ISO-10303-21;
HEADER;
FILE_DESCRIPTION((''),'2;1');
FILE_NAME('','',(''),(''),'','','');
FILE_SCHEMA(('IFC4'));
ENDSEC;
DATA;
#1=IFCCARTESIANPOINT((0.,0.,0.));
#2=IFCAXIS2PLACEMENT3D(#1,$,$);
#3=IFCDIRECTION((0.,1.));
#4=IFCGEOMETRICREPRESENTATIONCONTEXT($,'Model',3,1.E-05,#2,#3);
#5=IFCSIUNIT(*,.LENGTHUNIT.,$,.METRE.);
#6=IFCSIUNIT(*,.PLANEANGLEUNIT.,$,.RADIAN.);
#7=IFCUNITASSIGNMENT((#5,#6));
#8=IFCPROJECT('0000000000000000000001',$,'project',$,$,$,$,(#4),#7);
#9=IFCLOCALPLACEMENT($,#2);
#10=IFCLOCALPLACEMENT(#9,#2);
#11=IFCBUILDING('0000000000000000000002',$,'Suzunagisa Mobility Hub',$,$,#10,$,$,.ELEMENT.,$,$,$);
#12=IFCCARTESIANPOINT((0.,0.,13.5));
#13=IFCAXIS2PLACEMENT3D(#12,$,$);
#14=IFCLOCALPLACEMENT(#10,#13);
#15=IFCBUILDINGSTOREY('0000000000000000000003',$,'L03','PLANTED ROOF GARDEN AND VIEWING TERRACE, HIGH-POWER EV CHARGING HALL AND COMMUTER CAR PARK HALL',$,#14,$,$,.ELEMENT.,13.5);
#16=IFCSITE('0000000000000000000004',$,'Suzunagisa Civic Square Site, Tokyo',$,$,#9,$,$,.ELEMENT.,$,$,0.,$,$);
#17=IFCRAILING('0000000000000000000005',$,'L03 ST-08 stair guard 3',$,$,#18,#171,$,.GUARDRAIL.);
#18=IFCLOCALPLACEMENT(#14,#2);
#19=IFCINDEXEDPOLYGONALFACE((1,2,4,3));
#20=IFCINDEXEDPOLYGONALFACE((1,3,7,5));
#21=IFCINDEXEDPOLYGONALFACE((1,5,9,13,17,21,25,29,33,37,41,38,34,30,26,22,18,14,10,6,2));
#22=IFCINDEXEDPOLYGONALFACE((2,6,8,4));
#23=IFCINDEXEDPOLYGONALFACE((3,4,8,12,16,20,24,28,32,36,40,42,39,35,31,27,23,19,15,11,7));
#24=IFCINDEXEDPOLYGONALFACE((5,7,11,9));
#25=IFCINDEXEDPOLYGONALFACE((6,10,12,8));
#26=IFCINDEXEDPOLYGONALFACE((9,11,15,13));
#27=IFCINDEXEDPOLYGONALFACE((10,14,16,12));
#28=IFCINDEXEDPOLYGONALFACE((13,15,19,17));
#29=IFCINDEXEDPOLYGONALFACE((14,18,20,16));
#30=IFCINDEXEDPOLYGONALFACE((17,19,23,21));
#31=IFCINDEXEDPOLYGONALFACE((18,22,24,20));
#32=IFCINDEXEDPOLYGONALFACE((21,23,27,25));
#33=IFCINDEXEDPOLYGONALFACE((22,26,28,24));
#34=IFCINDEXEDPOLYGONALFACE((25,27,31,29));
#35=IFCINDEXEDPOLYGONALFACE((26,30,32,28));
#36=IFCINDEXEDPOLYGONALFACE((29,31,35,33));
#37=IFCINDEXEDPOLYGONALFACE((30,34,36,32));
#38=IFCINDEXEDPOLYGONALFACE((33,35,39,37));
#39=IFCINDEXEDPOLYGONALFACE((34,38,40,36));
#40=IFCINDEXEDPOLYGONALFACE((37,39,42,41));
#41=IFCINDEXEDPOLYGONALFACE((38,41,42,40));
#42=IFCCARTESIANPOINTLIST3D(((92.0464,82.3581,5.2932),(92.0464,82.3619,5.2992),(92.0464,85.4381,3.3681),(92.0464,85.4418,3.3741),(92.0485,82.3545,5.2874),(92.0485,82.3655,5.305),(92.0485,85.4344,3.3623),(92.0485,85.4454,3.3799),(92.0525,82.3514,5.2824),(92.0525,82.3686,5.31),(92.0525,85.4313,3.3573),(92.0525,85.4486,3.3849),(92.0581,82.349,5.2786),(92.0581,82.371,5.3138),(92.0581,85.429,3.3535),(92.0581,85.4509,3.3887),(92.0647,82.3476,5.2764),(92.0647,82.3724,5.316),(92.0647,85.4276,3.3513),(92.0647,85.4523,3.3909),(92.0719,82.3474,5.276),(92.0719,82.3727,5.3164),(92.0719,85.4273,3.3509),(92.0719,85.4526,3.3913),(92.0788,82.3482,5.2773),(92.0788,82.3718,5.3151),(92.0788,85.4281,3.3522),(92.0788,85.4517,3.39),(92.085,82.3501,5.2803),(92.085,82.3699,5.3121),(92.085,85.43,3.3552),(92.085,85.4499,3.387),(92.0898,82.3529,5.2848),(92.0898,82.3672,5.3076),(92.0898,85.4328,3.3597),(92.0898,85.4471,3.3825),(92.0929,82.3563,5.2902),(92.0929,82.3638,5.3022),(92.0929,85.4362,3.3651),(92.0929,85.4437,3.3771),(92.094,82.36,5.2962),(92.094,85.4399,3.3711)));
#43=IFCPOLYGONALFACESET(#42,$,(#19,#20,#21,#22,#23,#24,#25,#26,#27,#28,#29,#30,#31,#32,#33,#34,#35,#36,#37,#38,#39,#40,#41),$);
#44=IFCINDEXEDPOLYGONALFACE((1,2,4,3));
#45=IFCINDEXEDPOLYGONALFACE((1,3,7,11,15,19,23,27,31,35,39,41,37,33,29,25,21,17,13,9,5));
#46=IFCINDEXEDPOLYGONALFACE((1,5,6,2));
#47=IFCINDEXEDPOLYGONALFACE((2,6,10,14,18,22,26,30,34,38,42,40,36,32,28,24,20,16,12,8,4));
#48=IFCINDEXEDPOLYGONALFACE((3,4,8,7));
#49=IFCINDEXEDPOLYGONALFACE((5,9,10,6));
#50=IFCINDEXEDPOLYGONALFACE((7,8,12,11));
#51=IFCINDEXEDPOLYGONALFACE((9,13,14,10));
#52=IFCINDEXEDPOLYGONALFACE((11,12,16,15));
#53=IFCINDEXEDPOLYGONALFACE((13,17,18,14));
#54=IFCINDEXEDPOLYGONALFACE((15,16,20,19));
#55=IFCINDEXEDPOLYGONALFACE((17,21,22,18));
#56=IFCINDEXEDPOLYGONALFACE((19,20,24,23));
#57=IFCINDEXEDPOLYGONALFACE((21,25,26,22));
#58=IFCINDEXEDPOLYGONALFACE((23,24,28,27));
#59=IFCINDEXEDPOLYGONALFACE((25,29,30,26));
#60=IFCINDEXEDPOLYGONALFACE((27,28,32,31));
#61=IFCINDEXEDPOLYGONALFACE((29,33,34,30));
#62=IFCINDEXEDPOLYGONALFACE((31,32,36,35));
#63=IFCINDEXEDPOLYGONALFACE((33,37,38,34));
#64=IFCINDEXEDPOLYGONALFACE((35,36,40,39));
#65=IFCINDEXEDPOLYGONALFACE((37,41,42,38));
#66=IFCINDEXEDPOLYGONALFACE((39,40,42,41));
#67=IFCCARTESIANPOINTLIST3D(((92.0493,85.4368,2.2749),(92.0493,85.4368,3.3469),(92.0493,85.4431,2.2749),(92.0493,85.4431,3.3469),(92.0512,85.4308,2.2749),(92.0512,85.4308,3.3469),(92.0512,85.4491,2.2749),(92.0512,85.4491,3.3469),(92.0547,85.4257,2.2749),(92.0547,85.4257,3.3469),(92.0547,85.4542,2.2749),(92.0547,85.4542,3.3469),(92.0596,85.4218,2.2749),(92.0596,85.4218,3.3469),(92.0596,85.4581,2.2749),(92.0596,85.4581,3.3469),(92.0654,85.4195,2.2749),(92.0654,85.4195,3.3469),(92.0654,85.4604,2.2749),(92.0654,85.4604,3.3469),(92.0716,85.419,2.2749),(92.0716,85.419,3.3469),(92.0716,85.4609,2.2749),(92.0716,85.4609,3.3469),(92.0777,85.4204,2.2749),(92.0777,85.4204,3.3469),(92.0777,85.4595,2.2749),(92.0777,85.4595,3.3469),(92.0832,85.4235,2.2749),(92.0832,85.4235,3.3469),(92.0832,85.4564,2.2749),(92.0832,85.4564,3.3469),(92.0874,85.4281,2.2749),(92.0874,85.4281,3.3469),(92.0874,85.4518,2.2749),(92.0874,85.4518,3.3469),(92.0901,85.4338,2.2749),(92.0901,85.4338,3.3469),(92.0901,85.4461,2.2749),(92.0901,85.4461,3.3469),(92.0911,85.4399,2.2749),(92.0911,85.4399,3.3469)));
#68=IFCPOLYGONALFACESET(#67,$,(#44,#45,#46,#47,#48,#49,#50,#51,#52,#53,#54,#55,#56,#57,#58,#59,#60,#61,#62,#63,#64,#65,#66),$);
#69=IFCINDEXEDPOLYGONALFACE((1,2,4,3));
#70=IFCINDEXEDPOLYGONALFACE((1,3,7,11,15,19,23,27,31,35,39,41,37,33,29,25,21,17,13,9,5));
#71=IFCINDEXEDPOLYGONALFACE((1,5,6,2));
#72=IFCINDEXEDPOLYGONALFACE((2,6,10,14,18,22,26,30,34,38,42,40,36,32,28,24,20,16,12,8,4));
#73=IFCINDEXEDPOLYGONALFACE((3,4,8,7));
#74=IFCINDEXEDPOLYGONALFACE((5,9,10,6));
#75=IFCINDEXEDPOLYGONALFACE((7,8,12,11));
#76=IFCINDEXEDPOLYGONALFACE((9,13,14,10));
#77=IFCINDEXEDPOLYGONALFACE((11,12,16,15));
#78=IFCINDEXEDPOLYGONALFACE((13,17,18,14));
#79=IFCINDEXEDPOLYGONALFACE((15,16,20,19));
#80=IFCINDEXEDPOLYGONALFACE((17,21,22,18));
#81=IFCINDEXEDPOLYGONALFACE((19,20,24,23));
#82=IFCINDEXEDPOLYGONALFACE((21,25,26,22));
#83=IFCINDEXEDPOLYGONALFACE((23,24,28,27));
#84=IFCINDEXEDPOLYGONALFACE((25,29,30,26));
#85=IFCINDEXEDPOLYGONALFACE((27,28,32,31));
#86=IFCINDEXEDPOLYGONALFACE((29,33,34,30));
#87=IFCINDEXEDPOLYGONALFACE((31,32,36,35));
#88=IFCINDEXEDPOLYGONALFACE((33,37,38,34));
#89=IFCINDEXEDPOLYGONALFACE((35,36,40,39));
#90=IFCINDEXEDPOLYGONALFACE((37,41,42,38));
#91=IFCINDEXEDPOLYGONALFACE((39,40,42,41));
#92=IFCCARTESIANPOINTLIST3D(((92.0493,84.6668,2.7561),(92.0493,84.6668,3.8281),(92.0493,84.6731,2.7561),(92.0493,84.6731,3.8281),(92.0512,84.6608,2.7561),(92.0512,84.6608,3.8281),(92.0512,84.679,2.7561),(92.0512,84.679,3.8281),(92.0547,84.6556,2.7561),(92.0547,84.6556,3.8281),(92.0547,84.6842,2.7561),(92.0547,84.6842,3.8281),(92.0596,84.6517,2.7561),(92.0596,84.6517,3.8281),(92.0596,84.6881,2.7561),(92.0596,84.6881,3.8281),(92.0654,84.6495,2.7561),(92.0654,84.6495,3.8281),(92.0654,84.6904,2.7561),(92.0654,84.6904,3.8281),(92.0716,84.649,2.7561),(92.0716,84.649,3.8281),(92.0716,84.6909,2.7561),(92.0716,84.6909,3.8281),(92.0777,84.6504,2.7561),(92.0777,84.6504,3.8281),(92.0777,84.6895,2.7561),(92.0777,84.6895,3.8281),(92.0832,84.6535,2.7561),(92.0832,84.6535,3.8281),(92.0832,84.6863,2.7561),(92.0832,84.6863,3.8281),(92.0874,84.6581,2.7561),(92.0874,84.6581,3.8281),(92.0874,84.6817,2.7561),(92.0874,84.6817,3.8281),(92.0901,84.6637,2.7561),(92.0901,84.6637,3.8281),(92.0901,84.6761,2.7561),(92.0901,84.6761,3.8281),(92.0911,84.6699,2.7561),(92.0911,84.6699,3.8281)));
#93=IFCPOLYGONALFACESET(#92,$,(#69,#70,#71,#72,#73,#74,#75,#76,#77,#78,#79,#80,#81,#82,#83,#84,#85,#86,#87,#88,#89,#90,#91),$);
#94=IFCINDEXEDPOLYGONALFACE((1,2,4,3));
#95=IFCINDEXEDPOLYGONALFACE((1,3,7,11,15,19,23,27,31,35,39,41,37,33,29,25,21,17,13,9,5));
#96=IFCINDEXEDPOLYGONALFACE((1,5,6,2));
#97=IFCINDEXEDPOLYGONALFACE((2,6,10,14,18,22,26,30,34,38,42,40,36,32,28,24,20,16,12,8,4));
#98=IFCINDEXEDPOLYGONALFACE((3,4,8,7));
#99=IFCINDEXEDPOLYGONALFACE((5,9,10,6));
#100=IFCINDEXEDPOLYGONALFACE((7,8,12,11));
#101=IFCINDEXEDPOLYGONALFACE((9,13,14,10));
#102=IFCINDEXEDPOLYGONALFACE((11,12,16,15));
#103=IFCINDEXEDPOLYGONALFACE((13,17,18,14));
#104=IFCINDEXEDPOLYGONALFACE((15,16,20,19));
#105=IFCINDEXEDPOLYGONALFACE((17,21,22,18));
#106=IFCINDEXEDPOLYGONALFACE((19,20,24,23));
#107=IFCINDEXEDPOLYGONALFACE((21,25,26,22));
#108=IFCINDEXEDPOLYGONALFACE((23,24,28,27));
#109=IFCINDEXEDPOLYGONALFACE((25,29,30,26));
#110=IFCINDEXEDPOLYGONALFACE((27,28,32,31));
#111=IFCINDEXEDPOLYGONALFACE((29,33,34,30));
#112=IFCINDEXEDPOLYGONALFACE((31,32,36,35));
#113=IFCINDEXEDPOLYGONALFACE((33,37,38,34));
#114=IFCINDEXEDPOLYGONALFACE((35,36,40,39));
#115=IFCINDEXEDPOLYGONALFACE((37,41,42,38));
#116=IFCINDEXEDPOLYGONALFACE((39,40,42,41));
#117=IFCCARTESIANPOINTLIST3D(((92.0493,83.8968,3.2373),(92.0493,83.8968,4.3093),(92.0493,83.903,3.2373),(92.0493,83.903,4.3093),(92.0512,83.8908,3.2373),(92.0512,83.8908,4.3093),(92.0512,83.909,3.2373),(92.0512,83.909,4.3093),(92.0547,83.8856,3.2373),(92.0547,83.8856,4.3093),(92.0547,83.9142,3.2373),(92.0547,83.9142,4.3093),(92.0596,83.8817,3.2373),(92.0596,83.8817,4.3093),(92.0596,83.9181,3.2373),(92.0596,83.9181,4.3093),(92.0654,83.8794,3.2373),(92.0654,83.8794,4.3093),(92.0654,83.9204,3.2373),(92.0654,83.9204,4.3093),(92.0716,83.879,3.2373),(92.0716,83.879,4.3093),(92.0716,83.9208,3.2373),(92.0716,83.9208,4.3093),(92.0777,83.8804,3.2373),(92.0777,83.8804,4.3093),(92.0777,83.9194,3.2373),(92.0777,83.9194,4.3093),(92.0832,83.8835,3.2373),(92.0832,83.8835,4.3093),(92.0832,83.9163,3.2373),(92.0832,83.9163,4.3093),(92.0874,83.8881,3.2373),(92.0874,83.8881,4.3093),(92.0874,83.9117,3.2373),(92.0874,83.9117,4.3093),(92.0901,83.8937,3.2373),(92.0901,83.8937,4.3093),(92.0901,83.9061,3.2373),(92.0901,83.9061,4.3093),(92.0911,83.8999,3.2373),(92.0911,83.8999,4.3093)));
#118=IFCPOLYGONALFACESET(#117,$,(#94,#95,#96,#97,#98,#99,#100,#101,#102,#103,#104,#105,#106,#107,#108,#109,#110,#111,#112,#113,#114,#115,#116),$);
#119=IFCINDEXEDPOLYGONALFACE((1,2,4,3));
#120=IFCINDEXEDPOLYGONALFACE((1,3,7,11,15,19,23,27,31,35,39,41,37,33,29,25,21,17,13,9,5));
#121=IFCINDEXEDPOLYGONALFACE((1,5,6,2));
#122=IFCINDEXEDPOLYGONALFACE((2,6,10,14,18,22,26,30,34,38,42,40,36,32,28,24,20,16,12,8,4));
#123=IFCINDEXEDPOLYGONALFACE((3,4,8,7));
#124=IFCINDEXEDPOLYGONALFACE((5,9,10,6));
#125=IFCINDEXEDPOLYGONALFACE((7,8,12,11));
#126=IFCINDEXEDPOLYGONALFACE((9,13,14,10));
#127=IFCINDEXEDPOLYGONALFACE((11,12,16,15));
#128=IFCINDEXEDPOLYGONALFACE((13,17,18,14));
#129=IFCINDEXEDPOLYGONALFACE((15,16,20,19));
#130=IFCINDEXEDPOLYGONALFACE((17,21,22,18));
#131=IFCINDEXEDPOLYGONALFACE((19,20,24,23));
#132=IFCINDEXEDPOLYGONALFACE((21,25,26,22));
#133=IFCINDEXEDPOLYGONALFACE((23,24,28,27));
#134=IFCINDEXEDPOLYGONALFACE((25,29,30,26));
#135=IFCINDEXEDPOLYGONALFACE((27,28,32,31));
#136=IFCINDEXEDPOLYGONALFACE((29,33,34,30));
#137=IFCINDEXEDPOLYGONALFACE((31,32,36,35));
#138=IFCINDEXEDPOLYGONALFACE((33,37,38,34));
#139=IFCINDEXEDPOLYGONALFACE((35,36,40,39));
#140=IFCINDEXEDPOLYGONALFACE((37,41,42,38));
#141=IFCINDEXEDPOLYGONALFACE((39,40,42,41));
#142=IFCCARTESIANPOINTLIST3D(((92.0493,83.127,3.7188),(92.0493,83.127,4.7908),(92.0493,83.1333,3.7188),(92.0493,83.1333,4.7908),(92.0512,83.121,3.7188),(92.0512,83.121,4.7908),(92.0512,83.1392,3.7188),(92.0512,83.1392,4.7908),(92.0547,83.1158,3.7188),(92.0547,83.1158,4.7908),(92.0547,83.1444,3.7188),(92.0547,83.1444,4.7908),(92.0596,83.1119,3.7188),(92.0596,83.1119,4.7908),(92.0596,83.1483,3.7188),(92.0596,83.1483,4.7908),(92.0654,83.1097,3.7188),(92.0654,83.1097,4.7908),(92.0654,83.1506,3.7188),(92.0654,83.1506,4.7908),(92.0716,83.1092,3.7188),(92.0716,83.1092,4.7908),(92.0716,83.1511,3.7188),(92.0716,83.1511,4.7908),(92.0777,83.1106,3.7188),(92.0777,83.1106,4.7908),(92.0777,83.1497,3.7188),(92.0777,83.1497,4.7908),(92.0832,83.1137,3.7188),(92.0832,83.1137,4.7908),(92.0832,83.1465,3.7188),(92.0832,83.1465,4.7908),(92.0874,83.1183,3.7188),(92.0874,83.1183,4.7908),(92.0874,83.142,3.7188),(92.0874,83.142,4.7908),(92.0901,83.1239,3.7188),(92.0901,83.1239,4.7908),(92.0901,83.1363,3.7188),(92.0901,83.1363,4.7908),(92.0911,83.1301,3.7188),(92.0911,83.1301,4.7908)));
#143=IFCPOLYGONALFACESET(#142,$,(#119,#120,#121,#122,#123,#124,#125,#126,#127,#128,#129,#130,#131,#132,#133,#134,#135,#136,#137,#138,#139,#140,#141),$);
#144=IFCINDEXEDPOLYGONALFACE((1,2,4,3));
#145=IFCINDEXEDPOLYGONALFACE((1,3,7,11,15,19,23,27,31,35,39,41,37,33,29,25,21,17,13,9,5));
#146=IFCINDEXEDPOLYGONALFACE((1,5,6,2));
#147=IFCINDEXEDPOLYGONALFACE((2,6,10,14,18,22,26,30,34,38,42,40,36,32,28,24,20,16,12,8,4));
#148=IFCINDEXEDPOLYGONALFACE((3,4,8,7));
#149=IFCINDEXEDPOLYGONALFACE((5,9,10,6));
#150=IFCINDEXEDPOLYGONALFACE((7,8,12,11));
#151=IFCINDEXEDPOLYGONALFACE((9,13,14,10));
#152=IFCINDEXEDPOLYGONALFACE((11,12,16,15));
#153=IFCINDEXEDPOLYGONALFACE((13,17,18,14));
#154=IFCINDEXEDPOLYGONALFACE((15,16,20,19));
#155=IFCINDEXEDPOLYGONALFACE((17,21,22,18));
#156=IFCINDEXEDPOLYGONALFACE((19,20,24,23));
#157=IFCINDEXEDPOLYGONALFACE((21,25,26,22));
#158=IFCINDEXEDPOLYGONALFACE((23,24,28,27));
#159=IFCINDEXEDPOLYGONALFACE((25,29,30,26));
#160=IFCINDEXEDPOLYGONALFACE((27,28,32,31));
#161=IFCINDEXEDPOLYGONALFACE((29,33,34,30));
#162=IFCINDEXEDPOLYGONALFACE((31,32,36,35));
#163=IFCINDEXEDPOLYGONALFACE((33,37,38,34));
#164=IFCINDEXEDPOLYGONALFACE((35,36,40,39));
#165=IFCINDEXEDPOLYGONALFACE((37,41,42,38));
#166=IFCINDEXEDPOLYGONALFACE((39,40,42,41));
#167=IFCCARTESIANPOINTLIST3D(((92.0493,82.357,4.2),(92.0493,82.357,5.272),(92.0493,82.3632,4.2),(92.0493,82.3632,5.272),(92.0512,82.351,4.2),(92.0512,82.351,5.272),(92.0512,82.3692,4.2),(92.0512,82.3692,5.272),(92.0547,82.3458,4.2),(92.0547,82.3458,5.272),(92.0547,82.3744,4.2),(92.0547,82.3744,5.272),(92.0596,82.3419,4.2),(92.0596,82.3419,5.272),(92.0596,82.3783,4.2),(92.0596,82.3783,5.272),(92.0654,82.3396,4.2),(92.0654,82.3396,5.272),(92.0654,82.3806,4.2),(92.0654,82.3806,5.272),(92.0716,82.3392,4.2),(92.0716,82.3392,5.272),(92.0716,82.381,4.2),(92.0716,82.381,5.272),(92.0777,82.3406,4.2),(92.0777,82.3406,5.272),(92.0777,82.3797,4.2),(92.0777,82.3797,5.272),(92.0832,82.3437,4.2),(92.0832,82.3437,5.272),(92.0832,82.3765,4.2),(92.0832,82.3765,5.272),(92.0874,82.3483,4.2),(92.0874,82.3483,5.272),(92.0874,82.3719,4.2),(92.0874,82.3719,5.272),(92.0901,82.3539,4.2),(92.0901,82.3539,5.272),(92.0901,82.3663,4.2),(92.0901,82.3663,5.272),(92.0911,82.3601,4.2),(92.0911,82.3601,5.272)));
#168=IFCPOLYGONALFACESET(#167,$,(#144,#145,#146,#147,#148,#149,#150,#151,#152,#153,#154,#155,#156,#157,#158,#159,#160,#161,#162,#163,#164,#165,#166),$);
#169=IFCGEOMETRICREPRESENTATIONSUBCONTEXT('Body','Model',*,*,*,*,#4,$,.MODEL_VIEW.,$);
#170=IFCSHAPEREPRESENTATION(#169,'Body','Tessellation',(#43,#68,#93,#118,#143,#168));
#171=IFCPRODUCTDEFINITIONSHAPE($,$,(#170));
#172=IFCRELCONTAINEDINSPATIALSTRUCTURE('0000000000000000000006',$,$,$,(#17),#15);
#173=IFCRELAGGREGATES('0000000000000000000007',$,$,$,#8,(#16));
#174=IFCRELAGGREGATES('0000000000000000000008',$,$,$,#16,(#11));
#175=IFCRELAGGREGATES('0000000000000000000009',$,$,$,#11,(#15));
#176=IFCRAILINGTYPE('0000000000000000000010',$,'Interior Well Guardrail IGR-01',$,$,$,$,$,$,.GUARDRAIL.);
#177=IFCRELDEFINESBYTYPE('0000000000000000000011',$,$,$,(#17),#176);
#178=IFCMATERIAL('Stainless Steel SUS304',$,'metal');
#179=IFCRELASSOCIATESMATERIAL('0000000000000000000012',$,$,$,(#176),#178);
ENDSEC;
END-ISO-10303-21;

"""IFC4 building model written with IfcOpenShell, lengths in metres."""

from ifc_helpers import new_model, si_unit, direction, frame, origin, origin_2d, place, context, subcontext, project, spatial, circle, extrude, material, type_object, element, save


model = new_model("IFC4")

# Units and contexts
model_context = context("Model", 3, precision=1e-05, world=origin(), true_north=direction((0.0, 1.0)))
body_context = subcontext(model_context, "Body", "Model", "MODEL_VIEW")
ifc_project = project(units=[si_unit("LENGTHUNIT", "METRE"), si_unit("PLANEANGLEUNIT", "RADIAN")], contexts=[model_context])

# Site, building, storey
site_placement = place(None, origin())
site = spatial("IfcSite", under=ifc_project, at=site_placement, Name="Suzunagisa Civic Square Site, Tokyo", CompositionType="ELEMENT", RefElevation=0.0)
building_placement = place(site_placement, origin())
building = spatial("IfcBuilding", under=site, at=building_placement, Name="Suzunagisa Mobility Hub", CompositionType="ELEMENT")
storey_placement = place(building_placement, frame((0.0, 0.0, 13.5)))
storey = spatial("IfcBuildingStorey", under=building, at=storey_placement, Name="L03", Description="PLANTED ROOF GARDEN AND VIEWING TERRACE, HIGH-POWER EV CHARGING HALL AND COMMUTER CAR PARK HALL", CompositionType="ELEMENT", Elevation=13.5)

# Railing
ifc_material_1 = material(Name="Stainless Steel SUS304", Category="metal")
railing_type_1 = type_object("IfcRailingType", Name="Interior Well Guardrail IGR-01", PredefinedType="GUARDRAIL", material=ifc_material_1)
railing_1_placement = place(storey_placement, frame((92.0701, 85.4399, 2.2749)))
element("IfcRailing", 1, at=railing_1_placement, inside=storey, type_object=railing_type_1, Name="L03 ST-08 stair guard 3", PredefinedType="GUARDRAIL", context=body_context, shape_type="SweptSolid", body=[
    extrude(circle(Radius=0.0239, at=origin_2d()), frame((0.0, 0.0, 1.0962), z_axis=(0.0, -0.847979, 0.530029), x_axis=(1.0, 0.0, 0.0)), (0.0, 0.0, 1.0), 3.6321),
    extrude(circle(Radius=0.021, at=origin_2d()), origin(), (0.0, 0.0, 1.0), 1.072),
    extrude(circle(Radius=0.021, at=origin_2d()), frame((0.0, -0.77, 0.4812)), (0.0, 0.0, 1.0), 1.072),
    extrude(circle(Radius=0.021, at=origin_2d()), frame((0.0, -1.54, 0.9624)), (0.0, 0.0, 1.0), 1.072),
    extrude(circle(Radius=0.021, at=origin_2d()), frame((0.0, -2.3098, 1.4438)), (0.0, 0.0, 1.0), 1.072),
    extrude(circle(Radius=0.021, at=origin_2d()), frame((0.0, -3.0798, 1.925)), (0.0, 0.0, 1.0), 1.072),
])

save(model, "model.ifc")
